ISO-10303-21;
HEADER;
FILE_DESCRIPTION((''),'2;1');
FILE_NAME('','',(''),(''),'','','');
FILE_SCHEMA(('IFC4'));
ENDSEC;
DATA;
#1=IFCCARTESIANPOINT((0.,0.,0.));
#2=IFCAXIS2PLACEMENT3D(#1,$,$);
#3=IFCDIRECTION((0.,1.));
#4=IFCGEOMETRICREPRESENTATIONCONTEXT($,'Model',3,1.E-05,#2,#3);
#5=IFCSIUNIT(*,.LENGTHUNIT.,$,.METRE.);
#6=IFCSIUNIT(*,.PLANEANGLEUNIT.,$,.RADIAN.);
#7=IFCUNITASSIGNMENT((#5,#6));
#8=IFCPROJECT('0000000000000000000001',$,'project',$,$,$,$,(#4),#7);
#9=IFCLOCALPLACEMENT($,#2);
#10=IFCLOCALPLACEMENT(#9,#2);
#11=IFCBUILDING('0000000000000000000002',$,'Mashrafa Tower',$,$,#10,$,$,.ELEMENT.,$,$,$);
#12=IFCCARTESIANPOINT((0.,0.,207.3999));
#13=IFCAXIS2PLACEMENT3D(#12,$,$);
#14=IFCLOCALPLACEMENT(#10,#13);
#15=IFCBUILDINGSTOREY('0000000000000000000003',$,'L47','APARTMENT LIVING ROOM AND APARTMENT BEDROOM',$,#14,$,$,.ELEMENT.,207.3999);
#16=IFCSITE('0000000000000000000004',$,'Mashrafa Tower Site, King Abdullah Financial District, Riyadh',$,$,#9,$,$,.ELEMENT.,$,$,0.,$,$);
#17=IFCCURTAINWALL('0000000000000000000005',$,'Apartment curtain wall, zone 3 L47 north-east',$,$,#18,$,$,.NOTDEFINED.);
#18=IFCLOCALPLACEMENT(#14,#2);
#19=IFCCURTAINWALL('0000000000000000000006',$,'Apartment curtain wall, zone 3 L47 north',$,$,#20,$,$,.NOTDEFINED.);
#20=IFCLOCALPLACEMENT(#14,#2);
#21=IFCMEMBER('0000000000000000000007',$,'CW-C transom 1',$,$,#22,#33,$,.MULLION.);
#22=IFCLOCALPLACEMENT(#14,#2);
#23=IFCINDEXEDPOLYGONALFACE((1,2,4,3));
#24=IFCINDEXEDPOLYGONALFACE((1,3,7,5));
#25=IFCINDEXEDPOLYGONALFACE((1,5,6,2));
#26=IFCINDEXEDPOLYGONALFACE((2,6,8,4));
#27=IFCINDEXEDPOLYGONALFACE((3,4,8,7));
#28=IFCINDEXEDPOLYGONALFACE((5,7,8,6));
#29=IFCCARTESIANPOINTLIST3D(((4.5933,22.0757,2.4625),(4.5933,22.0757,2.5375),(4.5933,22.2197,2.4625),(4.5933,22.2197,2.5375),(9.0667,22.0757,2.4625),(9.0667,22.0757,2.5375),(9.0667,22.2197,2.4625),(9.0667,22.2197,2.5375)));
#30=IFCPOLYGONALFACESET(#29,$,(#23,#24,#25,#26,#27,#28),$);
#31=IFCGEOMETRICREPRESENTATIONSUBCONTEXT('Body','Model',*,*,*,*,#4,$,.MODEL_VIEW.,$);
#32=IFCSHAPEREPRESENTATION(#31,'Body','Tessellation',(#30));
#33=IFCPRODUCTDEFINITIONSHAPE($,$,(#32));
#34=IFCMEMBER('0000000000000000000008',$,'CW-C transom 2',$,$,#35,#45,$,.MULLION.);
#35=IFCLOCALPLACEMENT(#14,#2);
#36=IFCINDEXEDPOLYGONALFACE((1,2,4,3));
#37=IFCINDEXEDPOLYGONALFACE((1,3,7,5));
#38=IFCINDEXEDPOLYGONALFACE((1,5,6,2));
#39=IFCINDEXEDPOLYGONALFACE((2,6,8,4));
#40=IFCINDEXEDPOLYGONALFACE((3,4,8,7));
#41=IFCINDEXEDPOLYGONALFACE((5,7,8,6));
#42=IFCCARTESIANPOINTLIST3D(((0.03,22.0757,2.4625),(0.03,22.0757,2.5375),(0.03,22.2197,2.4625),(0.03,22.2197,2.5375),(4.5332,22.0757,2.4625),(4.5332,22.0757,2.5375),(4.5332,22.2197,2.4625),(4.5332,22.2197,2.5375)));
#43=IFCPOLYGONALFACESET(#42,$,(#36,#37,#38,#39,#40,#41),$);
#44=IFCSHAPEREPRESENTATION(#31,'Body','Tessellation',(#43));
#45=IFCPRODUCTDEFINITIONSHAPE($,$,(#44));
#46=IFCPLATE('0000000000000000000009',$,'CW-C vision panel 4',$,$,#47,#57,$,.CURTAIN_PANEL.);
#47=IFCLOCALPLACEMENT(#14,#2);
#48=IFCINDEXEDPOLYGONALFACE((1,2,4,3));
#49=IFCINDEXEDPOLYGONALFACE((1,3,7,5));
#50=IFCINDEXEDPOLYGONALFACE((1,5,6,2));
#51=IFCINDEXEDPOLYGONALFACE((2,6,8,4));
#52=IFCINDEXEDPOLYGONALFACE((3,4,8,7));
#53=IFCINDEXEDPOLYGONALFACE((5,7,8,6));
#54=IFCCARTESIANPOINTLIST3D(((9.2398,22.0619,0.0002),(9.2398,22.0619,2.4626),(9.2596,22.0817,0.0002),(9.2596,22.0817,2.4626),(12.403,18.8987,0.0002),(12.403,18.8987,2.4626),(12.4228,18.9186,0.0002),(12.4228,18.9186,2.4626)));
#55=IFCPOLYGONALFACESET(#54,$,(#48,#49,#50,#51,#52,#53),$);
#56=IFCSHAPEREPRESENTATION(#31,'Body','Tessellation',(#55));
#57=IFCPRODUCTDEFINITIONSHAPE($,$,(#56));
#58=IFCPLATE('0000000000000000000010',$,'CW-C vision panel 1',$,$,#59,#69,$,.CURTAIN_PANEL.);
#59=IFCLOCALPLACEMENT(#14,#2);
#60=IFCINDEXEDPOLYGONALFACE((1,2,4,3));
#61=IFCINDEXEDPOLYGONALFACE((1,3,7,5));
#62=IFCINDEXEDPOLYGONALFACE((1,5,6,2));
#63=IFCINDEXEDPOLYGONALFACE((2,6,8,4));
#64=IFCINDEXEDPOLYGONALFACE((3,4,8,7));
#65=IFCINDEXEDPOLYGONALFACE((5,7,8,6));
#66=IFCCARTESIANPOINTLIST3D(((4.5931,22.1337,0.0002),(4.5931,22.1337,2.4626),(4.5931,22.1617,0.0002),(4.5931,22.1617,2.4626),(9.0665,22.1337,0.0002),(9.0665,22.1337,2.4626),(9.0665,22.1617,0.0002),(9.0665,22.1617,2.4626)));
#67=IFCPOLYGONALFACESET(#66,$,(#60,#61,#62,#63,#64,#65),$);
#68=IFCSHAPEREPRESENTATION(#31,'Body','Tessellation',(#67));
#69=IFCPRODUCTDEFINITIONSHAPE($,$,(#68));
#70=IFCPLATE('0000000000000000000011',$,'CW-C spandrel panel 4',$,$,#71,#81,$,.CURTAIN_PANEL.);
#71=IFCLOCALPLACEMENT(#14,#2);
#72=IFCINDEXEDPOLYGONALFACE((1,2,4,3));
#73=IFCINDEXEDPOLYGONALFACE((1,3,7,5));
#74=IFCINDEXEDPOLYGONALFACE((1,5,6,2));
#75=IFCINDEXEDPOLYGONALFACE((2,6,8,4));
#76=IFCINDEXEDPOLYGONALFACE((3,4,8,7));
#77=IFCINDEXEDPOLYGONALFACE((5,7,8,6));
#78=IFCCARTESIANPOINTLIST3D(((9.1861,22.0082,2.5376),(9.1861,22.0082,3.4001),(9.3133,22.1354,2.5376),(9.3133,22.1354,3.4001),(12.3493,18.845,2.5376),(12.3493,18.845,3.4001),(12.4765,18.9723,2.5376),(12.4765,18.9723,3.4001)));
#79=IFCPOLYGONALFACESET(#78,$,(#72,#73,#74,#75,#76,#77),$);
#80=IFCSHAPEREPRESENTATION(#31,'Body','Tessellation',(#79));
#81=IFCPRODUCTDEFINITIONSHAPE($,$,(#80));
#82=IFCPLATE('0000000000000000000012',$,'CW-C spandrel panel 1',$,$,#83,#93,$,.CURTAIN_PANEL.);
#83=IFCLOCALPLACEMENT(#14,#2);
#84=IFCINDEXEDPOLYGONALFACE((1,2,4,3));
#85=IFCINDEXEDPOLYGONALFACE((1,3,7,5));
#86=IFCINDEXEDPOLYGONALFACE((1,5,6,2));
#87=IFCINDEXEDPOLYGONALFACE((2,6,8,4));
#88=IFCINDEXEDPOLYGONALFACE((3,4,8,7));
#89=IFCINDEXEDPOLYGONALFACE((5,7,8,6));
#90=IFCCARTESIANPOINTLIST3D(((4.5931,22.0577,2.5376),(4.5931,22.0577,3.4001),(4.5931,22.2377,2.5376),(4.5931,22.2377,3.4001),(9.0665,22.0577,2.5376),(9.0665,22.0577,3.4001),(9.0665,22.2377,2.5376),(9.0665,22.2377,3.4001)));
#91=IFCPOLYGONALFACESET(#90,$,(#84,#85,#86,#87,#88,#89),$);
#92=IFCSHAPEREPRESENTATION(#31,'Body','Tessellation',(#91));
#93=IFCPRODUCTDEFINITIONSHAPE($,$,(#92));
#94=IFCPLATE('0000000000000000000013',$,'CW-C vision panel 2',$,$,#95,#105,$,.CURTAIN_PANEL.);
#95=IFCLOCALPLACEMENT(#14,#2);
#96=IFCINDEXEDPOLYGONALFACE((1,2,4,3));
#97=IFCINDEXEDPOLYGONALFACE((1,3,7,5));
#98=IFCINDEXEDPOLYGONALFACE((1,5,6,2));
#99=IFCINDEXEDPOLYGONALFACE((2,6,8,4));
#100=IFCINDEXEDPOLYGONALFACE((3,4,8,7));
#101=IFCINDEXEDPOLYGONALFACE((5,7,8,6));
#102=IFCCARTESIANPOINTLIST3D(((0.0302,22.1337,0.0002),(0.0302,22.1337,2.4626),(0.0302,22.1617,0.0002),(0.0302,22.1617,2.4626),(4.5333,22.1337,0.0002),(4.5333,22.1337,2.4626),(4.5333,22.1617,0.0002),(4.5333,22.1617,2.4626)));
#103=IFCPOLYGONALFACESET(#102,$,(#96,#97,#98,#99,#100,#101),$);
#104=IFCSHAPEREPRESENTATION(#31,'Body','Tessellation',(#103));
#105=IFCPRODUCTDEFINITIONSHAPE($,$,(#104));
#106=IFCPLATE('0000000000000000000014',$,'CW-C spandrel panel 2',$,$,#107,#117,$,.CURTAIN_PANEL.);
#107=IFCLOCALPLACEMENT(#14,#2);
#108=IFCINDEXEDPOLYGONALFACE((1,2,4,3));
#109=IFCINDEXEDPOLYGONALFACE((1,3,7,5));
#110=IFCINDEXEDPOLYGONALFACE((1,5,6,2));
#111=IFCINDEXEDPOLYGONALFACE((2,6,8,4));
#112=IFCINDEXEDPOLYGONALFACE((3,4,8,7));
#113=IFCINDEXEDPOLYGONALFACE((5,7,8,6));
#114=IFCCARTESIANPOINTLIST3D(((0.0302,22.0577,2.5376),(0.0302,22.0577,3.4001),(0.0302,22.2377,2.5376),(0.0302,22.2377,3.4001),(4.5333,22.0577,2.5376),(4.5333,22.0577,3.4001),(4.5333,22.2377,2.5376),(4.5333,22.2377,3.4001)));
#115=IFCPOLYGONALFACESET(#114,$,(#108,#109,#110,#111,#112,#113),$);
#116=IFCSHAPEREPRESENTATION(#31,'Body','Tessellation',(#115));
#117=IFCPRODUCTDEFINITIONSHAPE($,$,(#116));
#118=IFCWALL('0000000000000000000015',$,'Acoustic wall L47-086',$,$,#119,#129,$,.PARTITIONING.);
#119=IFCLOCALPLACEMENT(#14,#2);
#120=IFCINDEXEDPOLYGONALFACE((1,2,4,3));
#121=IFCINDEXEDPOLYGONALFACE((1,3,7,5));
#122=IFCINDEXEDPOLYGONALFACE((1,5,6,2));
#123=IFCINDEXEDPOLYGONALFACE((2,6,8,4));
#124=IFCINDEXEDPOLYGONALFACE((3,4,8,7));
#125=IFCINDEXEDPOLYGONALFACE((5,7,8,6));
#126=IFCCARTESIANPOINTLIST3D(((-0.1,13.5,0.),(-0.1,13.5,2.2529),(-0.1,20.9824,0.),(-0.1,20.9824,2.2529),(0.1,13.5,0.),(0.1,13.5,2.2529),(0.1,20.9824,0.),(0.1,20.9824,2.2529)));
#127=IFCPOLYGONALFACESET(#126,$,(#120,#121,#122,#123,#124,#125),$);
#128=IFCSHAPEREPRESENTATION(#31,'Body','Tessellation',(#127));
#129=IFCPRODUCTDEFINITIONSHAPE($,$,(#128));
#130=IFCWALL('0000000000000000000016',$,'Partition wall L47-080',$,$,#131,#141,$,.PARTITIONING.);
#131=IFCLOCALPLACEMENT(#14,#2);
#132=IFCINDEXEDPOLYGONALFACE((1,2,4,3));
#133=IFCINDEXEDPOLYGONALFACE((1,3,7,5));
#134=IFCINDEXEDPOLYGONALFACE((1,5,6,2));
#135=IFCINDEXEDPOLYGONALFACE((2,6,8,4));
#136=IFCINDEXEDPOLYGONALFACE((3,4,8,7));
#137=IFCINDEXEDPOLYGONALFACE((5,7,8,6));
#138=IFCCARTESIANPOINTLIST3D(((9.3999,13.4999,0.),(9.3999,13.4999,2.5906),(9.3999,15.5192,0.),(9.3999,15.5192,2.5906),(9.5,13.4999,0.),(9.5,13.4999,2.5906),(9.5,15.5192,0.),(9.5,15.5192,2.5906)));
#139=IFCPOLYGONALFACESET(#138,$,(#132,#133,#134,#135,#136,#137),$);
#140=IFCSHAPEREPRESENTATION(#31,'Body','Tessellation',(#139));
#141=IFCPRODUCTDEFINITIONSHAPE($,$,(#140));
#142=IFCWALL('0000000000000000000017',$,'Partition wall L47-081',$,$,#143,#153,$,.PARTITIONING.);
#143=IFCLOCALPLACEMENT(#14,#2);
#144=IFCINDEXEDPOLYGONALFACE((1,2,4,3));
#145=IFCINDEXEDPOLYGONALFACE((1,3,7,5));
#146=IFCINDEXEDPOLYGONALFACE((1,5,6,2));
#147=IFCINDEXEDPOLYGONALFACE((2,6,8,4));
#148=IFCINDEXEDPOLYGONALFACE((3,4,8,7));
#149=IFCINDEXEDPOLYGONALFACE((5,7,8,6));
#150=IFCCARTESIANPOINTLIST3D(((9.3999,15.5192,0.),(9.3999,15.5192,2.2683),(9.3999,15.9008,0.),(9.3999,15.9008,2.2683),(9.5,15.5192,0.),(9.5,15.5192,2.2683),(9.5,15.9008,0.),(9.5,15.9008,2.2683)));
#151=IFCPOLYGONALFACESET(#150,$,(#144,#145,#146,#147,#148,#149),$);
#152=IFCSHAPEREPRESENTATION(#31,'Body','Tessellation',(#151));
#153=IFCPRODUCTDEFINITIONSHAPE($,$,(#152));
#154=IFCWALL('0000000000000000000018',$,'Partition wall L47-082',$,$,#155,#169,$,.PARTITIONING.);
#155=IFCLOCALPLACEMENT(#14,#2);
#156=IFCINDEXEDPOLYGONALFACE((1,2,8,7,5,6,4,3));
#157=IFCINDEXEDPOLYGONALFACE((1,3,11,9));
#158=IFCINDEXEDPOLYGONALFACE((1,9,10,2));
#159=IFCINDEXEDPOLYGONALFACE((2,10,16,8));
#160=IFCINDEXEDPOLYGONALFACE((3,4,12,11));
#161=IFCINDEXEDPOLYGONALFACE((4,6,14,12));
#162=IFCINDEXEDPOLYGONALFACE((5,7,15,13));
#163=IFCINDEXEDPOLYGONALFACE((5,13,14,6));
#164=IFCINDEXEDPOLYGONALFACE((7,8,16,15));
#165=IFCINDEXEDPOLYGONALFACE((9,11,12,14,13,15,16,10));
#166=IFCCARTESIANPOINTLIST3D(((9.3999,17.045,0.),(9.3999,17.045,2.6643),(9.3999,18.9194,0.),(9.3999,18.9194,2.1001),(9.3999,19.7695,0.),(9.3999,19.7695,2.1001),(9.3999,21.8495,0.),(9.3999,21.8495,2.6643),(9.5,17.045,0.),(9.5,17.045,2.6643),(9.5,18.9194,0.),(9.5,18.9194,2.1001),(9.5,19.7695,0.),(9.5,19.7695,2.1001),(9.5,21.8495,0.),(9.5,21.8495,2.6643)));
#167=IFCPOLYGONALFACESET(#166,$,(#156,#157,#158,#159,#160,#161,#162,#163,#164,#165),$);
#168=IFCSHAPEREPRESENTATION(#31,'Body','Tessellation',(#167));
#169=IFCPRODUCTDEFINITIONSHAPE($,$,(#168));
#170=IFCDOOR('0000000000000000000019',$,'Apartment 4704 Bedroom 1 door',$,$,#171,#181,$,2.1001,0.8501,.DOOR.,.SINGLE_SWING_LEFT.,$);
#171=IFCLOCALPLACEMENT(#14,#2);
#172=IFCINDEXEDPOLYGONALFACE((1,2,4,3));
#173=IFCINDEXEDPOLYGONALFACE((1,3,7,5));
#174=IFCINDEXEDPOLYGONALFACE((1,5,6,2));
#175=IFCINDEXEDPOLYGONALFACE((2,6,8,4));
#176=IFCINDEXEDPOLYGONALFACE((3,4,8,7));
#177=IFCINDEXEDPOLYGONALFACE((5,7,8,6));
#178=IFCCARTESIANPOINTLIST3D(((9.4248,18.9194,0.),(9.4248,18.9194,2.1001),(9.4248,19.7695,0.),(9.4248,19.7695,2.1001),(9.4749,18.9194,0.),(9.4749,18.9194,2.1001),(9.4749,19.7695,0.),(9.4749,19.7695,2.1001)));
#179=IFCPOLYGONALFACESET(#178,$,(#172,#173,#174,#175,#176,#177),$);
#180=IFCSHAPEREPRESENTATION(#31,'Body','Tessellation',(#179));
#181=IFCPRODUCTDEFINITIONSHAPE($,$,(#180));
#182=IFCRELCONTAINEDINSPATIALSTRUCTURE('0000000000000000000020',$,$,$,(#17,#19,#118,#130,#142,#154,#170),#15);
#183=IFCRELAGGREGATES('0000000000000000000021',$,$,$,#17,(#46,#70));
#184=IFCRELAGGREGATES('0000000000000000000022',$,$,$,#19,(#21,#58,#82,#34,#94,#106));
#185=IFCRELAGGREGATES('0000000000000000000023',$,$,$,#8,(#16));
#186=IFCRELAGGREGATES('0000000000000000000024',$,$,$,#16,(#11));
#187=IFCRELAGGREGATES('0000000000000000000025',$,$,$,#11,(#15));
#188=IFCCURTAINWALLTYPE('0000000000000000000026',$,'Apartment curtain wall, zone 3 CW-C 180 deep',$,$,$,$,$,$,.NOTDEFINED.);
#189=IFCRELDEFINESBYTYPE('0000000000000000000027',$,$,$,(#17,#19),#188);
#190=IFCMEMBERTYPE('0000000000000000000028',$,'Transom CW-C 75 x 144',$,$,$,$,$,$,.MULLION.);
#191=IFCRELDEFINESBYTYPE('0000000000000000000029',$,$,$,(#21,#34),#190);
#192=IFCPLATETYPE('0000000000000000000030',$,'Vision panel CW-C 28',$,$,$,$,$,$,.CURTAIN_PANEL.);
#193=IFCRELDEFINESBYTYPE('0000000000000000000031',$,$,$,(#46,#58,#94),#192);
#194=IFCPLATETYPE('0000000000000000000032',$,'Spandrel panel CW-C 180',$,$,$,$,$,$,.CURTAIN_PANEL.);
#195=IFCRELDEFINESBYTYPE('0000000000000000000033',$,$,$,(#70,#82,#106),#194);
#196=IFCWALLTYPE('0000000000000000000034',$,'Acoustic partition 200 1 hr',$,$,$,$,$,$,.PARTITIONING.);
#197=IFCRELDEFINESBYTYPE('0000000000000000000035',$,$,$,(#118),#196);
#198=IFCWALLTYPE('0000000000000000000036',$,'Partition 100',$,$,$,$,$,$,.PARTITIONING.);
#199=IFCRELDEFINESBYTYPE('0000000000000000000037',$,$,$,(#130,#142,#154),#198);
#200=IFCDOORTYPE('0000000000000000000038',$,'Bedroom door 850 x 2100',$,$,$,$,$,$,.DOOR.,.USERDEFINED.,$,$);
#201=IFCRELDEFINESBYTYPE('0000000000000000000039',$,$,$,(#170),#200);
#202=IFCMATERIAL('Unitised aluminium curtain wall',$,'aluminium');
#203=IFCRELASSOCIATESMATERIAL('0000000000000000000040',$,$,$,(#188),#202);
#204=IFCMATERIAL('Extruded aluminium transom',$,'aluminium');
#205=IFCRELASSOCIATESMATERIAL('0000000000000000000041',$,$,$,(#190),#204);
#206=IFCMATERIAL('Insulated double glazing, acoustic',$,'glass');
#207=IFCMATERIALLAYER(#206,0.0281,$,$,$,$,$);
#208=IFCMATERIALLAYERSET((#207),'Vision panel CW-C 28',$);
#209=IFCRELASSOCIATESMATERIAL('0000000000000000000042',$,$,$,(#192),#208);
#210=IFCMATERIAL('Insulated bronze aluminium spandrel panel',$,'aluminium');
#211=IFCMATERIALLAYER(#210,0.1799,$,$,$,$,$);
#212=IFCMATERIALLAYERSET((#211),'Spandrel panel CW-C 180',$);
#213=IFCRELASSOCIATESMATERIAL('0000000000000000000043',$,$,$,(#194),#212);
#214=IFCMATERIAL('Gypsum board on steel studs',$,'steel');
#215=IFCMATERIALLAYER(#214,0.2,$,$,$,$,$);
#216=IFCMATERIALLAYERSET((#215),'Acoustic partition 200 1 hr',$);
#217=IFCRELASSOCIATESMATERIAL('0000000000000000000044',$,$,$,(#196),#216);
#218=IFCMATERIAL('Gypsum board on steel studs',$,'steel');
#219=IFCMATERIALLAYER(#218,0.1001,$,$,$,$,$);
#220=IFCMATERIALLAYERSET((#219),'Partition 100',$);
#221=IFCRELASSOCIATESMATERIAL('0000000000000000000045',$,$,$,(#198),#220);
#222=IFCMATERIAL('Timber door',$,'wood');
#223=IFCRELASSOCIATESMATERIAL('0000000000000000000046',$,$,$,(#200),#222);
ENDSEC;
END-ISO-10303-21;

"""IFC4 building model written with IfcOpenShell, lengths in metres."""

from ifc_helpers import new_model, si_unit, direction, frame, frame_2d, origin, origin_2d, place, context, subcontext, project, spatial, rectangle, extrude, source, transform, mapped, material, layer, layer_set, material_profile, profile_set, type_object, type_shapes, element, fill, aggregate, save


model = new_model("IFC4")

# Units and contexts
model_context = context("Model", 3, precision=1e-05, world=origin(), true_north=direction((0.0, 1.0)))
body_context = subcontext(model_context, "Body", "Model", "MODEL_VIEW")
ifc_project = project(units=[si_unit("LENGTHUNIT", "METRE"), si_unit("PLANEANGLEUNIT", "RADIAN")], contexts=[model_context])

# Site, building, storey
site_placement = place(None, origin())
site = spatial("IfcSite", under=ifc_project, at=site_placement, Name="Mashrafa Tower Site, King Abdullah Financial District, Riyadh", CompositionType="ELEMENT", RefElevation=0.0)
building_placement = place(site_placement, origin())
building = spatial("IfcBuilding", under=site, at=building_placement, Name="Mashrafa Tower", CompositionType="ELEMENT")
storey_placement = place(building_placement, frame((0.0, 0.0, 207.3999)))
storey = spatial("IfcBuildingStorey", under=building, at=storey_placement, Name="L47", Description="APARTMENT LIVING ROOM AND APARTMENT BEDROOM", CompositionType="ELEMENT", Elevation=207.3999)

# Curtain wall
ifc_material_1 = material(Name="Unitised aluminium curtain wall", Category="aluminium")
curtain_wall_type = type_object("IfcCurtainWallType", Name="Apartment curtain wall, zone 3 CW-C 180 deep", PredefinedType="NOTDEFINED", material=ifc_material_1)
curtain_wall_1_placement = place(storey_placement, origin())
curtain_wall_1 = element("IfcCurtainWall", 1, at=curtain_wall_1_placement, inside=storey, type_object=curtain_wall_type, Name="Apartment curtain wall, zone 3 L47 north-east", PredefinedType="NOTDEFINED")

# Curtain wall, members
curtain_wall_2_placement = place(storey_placement, origin())
curtain_wall_2 = element("IfcCurtainWall", 2, at=curtain_wall_2_placement, inside=storey, type_object=curtain_wall_type, Name="Apartment curtain wall, zone 3 L47 north", PredefinedType="NOTDEFINED")
ifc_material_2 = material(Name="Extruded aluminium transom", Category="aluminium")
ifc_material_profile_1 = material_profile(ifc_material_2, rectangle(XDim=0.144, YDim=0.075, at=origin_2d()), Name="Transom 75x144")
ifc_profile_set_1 = profile_set([ifc_material_profile_1], Name="Extruded aluminium transom")
member_type_1 = type_object("IfcMemberType", Name="Transom CW-C 75 x 144", PredefinedType="MULLION", material=ifc_profile_set_1)
shared_shape_1 = source(origin(), body_context, "Body", "SweptSolid", [
    extrude(rectangle(XDim=0.144, YDim=0.075, at=origin_2d()), origin(), (0.0, 0.0, 1.0), 4.4734),
])
member_1_placement = place(storey_placement, frame((9.0667, 22.1477, 2.5), z_axis=(-1.0, 0.0, 0.0), x_axis=(0.0, -1.0, 0.0)))
member_1 = element("IfcMember", 3, at=member_1_placement, type_object=member_type_1, Name="CW-C transom 1", PredefinedType="MULLION", context=body_context, shape_type="MappedRepresentation", body=[
    mapped(shared_shape_1, transform((0.0, 0.0, 0.0))),
])
shared_shape_2 = source(origin(), body_context, "Body", "SweptSolid", [
    extrude(rectangle(XDim=0.144, YDim=0.075, at=origin_2d()), origin(), (0.0, 0.0, 1.0), 4.5032),
])
type_shapes(member_type_1, [shared_shape_1, shared_shape_2])
member_2_placement = place(storey_placement, frame((4.5332, 22.1477, 2.5), z_axis=(-1.0, 0.0, 0.0), x_axis=(0.0, -1.0, 0.0)))
member_2 = element("IfcMember", 4, at=member_2_placement, type_object=member_type_1, Name="CW-C transom 2", PredefinedType="MULLION", context=body_context, shape_type="MappedRepresentation", body=[
    mapped(shared_shape_2, transform((0.0, 0.0, 0.0))),
])

# Plates
ifc_material_3 = material(Name="Insulated double glazing, acoustic", Category="glass")
ifc_layer_1 = layer(ifc_material_3, 0.0281)
ifc_layer_set_1 = layer_set([ifc_layer_1], Name="Vision panel CW-C 28")
plate_type_1 = type_object("IfcPlateType", Name="Vision panel CW-C 28", PredefinedType="CURTAIN_PANEL", material=ifc_layer_set_1)
shared_shape_3 = source(origin(), body_context, "Body", "SweptSolid", [
    extrude(rectangle(XDim=4.4734, YDim=0.0281, at=origin_2d()), origin(), (0.0, 0.0, 1.0), 2.4624),
])
plate_1_placement = place(storey_placement, frame((10.8313, 20.4902, 0.0002), z_axis=(0.0, 0.0, 1.0), x_axis=(-0.707107, 0.707107, 0.0)))
plate_1 = element("IfcPlate", 5, at=plate_1_placement, type_object=plate_type_1, Name="CW-C vision panel 4", PredefinedType="CURTAIN_PANEL", context=body_context, shape_type="MappedRepresentation", body=[
    mapped(shared_shape_3, transform((0.0, 0.0, 0.0))),
])
plate_2_placement = place(storey_placement, frame((6.8298, 22.1477, 0.0002), z_axis=(0.0, 0.0, 1.0), x_axis=(-1.0, 0.0, 0.0)))
plate_2 = element("IfcPlate", 6, at=plate_2_placement, type_object=plate_type_1, Name="CW-C vision panel 1", PredefinedType="CURTAIN_PANEL", context=body_context, shape_type="MappedRepresentation", body=[
    mapped(shared_shape_3, transform((0.0, 0.0, 0.0))),
])
ifc_material_4 = material(Name="Insulated bronze aluminium spandrel panel", Category="aluminium")
ifc_layer_2 = layer(ifc_material_4, 0.1799)
ifc_layer_set_2 = layer_set([ifc_layer_2], Name="Spandrel panel CW-C 180")
plate_type_2 = type_object("IfcPlateType", Name="Spandrel panel CW-C 180", PredefinedType="CURTAIN_PANEL", material=ifc_layer_set_2)
shared_shape_4 = source(origin(), body_context, "Body", "SweptSolid", [
    extrude(rectangle(XDim=4.4734, YDim=0.1799, at=origin_2d()), origin(), (0.0, 0.0, 1.0), 0.8625),
])
plate_3_placement = place(storey_placement, frame((10.8313, 20.4902, 2.5376), z_axis=(0.0, 0.0, 1.0), x_axis=(-0.707107, 0.707107, 0.0)))
plate_3 = element("IfcPlate", 7, at=plate_3_placement, type_object=plate_type_2, Name="CW-C spandrel panel 4", PredefinedType="CURTAIN_PANEL", context=body_context, shape_type="MappedRepresentation", body=[
    mapped(shared_shape_4, transform((0.0, 0.0, 0.0))),
])
aggregate(curtain_wall_1, [plate_1, plate_3])
plate_4_placement = place(storey_placement, frame((6.8298, 22.1477, 2.5376), z_axis=(0.0, 0.0, 1.0), x_axis=(-1.0, 0.0, 0.0)))
plate_4 = element("IfcPlate", 8, at=plate_4_placement, type_object=plate_type_2, Name="CW-C spandrel panel 1", PredefinedType="CURTAIN_PANEL", context=body_context, shape_type="MappedRepresentation", body=[
    mapped(shared_shape_4, transform((0.0, 0.0, 0.0))),
])
shared_shape_5 = source(origin(), body_context, "Body", "SweptSolid", [
    extrude(rectangle(XDim=4.5032, YDim=0.0281, at=origin_2d()), origin(), (0.0, 0.0, 1.0), 2.4624),
])
type_shapes(plate_type_1, [shared_shape_3, shared_shape_5])
plate_5_placement = place(storey_placement, frame((2.2817, 22.1477, 0.0002), z_axis=(0.0, 0.0, 1.0), x_axis=(-1.0, 0.0, 0.0)))
plate_5 = element("IfcPlate", 9, at=plate_5_placement, type_object=plate_type_1, Name="CW-C vision panel 2", PredefinedType="CURTAIN_PANEL", context=body_context, shape_type="MappedRepresentation", body=[
    mapped(shared_shape_5, transform((0.0, 0.0, 0.0))),
])
shared_shape_6 = source(origin(), body_context, "Body", "SweptSolid", [
    extrude(rectangle(XDim=4.5032, YDim=0.1799, at=origin_2d()), origin(), (0.0, 0.0, 1.0), 0.8625),
])
type_shapes(plate_type_2, [shared_shape_4, shared_shape_6])
plate_6_placement = place(storey_placement, frame((2.2817, 22.1477, 2.5376), z_axis=(0.0, 0.0, 1.0), x_axis=(-1.0, 0.0, 0.0)))
plate_6 = element("IfcPlate", 10, at=plate_6_placement, type_object=plate_type_2, Name="CW-C spandrel panel 2", PredefinedType="CURTAIN_PANEL", context=body_context, shape_type="MappedRepresentation", body=[
    mapped(shared_shape_6, transform((0.0, 0.0, 0.0))),
])
aggregate(curtain_wall_2, [member_1, plate_2, plate_4, member_2, plate_5, plate_6])

# Walls
ifc_material_5 = material(Name="Gypsum board on steel studs", Category="steel")
ifc_layer_3 = layer(ifc_material_5, 0.2)
ifc_layer_set_3 = layer_set([ifc_layer_3], Name="Acoustic partition 200 1 hr")
wall_type_1 = type_object("IfcWallType", Name="Acoustic partition 200 1 hr", PredefinedType="PARTITIONING", material=ifc_layer_set_3)
wall_1_placement = place(storey_placement, frame((0.0, 20.9824, 0.0), z_axis=(0.0, 0.0, 1.0), x_axis=(0.0, -1.0, 0.0)))
element("IfcWall", 11, at=wall_1_placement, inside=storey, type_object=wall_type_1, Name="Acoustic wall L47-086", PredefinedType="PARTITIONING", context=body_context, shape_type="SweptSolid", body=[
    extrude(rectangle(XDim=7.4824, YDim=0.2, at=frame_2d((3.7412, 0.0))), origin(), (0.0, 0.0, 1.0), 2.2529),
])
ifc_material_6 = material(Name="Gypsum board on steel studs", Category="steel")
ifc_layer_4 = layer(ifc_material_6, 0.1001)
ifc_layer_set_4 = layer_set([ifc_layer_4], Name="Partition 100")
wall_type_2 = type_object("IfcWallType", Name="Partition 100", PredefinedType="PARTITIONING", material=ifc_layer_set_4)
wall_2_placement = place(storey_placement, frame((9.45, 15.5193, 0.0), z_axis=(0.0, 0.0, 1.0), x_axis=(0.0, -1.0, 0.0)))
element("IfcWall", 12, at=wall_2_placement, inside=storey, type_object=wall_type_2, Name="Partition wall L47-080", PredefinedType="PARTITIONING", context=body_context, shape_type="SweptSolid", body=[
    extrude(rectangle(XDim=2.0193, YDim=0.1001, at=frame_2d((1.0098, 0.0))), origin(), (0.0, 0.0, 1.0), 2.5906),
])
wall_3_placement = place(storey_placement, frame((9.45, 15.9009, 0.0), z_axis=(0.0, 0.0, 1.0), x_axis=(0.0, -1.0, 0.0)))
element("IfcWall", 13, at=wall_3_placement, inside=storey, type_object=wall_type_2, Name="Partition wall L47-081", PredefinedType="PARTITIONING", context=body_context, shape_type="SweptSolid", body=[
    extrude(rectangle(XDim=0.3816, YDim=0.1001, at=frame_2d((0.1909, 0.0))), origin(), (0.0, 0.0, 1.0), 2.2683),
])

# Wall, opening, door
wall_4_placement = place(storey_placement, frame((9.45, 21.8496, 0.0), z_axis=(0.0, 0.0, 1.0), x_axis=(0.0, -1.0, 0.0)))
wall_4 = element("IfcWall", 14, at=wall_4_placement, inside=storey, type_object=wall_type_2, Name="Partition wall L47-082", PredefinedType="PARTITIONING", context=body_context, shape_type="SweptSolid", body=[
    extrude(rectangle(XDim=4.8044, YDim=0.1001, at=frame_2d((2.4023, 0.0))), origin(), (0.0, 0.0, 1.0), 2.6643),
])
opening_1_placement = place(wall_4_placement, frame((2.0801, 0.0, 0.0)))
opening_1 = element("IfcOpeningElement", 15, at=opening_1_placement, cuts=wall_4, PredefinedType="OPENING", context=body_context, shape_type="SweptSolid", body=[
    extrude(rectangle(XDim=0.8501, YDim=2.1001, at=frame_2d((0.425, 1.05))), frame((0.0, 0.0601, 0.0), z_axis=(0.0, -1.0, 0.0), x_axis=(1.0, 0.0, 0.0)), (0.0, 0.0, 1.0), 0.1201),
])
ifc_material_7 = material(Name="Timber door", Category="wood")
door_type_1 = type_object("IfcDoorType", Name="Bedroom door 850 x 2100", OperationType="USERDEFINED", PredefinedType="DOOR", material=ifc_material_7)
door_1_placement = place(opening_1_placement, origin())
door_1 = element("IfcDoor", 16, at=door_1_placement, inside=storey, type_object=door_type_1, Name="Apartment 4704 Bedroom 1 door", OperationType="SINGLE_SWING_LEFT", OverallHeight=2.1001, OverallWidth=0.8501, PredefinedType="DOOR", context=body_context, shape_type="SweptSolid", body=[
    extrude(rectangle(XDim=0.8501, YDim=2.1001, at=frame_2d((0.425, 1.05))), frame((0.0, 0.0249, 0.0), z_axis=(0.0, -1.0, 0.0), x_axis=(1.0, 0.0, 0.0)), (0.0, 0.0, 1.0), 0.05),
])
fill(opening_1, door_1)

save(model, "model.ifc")
